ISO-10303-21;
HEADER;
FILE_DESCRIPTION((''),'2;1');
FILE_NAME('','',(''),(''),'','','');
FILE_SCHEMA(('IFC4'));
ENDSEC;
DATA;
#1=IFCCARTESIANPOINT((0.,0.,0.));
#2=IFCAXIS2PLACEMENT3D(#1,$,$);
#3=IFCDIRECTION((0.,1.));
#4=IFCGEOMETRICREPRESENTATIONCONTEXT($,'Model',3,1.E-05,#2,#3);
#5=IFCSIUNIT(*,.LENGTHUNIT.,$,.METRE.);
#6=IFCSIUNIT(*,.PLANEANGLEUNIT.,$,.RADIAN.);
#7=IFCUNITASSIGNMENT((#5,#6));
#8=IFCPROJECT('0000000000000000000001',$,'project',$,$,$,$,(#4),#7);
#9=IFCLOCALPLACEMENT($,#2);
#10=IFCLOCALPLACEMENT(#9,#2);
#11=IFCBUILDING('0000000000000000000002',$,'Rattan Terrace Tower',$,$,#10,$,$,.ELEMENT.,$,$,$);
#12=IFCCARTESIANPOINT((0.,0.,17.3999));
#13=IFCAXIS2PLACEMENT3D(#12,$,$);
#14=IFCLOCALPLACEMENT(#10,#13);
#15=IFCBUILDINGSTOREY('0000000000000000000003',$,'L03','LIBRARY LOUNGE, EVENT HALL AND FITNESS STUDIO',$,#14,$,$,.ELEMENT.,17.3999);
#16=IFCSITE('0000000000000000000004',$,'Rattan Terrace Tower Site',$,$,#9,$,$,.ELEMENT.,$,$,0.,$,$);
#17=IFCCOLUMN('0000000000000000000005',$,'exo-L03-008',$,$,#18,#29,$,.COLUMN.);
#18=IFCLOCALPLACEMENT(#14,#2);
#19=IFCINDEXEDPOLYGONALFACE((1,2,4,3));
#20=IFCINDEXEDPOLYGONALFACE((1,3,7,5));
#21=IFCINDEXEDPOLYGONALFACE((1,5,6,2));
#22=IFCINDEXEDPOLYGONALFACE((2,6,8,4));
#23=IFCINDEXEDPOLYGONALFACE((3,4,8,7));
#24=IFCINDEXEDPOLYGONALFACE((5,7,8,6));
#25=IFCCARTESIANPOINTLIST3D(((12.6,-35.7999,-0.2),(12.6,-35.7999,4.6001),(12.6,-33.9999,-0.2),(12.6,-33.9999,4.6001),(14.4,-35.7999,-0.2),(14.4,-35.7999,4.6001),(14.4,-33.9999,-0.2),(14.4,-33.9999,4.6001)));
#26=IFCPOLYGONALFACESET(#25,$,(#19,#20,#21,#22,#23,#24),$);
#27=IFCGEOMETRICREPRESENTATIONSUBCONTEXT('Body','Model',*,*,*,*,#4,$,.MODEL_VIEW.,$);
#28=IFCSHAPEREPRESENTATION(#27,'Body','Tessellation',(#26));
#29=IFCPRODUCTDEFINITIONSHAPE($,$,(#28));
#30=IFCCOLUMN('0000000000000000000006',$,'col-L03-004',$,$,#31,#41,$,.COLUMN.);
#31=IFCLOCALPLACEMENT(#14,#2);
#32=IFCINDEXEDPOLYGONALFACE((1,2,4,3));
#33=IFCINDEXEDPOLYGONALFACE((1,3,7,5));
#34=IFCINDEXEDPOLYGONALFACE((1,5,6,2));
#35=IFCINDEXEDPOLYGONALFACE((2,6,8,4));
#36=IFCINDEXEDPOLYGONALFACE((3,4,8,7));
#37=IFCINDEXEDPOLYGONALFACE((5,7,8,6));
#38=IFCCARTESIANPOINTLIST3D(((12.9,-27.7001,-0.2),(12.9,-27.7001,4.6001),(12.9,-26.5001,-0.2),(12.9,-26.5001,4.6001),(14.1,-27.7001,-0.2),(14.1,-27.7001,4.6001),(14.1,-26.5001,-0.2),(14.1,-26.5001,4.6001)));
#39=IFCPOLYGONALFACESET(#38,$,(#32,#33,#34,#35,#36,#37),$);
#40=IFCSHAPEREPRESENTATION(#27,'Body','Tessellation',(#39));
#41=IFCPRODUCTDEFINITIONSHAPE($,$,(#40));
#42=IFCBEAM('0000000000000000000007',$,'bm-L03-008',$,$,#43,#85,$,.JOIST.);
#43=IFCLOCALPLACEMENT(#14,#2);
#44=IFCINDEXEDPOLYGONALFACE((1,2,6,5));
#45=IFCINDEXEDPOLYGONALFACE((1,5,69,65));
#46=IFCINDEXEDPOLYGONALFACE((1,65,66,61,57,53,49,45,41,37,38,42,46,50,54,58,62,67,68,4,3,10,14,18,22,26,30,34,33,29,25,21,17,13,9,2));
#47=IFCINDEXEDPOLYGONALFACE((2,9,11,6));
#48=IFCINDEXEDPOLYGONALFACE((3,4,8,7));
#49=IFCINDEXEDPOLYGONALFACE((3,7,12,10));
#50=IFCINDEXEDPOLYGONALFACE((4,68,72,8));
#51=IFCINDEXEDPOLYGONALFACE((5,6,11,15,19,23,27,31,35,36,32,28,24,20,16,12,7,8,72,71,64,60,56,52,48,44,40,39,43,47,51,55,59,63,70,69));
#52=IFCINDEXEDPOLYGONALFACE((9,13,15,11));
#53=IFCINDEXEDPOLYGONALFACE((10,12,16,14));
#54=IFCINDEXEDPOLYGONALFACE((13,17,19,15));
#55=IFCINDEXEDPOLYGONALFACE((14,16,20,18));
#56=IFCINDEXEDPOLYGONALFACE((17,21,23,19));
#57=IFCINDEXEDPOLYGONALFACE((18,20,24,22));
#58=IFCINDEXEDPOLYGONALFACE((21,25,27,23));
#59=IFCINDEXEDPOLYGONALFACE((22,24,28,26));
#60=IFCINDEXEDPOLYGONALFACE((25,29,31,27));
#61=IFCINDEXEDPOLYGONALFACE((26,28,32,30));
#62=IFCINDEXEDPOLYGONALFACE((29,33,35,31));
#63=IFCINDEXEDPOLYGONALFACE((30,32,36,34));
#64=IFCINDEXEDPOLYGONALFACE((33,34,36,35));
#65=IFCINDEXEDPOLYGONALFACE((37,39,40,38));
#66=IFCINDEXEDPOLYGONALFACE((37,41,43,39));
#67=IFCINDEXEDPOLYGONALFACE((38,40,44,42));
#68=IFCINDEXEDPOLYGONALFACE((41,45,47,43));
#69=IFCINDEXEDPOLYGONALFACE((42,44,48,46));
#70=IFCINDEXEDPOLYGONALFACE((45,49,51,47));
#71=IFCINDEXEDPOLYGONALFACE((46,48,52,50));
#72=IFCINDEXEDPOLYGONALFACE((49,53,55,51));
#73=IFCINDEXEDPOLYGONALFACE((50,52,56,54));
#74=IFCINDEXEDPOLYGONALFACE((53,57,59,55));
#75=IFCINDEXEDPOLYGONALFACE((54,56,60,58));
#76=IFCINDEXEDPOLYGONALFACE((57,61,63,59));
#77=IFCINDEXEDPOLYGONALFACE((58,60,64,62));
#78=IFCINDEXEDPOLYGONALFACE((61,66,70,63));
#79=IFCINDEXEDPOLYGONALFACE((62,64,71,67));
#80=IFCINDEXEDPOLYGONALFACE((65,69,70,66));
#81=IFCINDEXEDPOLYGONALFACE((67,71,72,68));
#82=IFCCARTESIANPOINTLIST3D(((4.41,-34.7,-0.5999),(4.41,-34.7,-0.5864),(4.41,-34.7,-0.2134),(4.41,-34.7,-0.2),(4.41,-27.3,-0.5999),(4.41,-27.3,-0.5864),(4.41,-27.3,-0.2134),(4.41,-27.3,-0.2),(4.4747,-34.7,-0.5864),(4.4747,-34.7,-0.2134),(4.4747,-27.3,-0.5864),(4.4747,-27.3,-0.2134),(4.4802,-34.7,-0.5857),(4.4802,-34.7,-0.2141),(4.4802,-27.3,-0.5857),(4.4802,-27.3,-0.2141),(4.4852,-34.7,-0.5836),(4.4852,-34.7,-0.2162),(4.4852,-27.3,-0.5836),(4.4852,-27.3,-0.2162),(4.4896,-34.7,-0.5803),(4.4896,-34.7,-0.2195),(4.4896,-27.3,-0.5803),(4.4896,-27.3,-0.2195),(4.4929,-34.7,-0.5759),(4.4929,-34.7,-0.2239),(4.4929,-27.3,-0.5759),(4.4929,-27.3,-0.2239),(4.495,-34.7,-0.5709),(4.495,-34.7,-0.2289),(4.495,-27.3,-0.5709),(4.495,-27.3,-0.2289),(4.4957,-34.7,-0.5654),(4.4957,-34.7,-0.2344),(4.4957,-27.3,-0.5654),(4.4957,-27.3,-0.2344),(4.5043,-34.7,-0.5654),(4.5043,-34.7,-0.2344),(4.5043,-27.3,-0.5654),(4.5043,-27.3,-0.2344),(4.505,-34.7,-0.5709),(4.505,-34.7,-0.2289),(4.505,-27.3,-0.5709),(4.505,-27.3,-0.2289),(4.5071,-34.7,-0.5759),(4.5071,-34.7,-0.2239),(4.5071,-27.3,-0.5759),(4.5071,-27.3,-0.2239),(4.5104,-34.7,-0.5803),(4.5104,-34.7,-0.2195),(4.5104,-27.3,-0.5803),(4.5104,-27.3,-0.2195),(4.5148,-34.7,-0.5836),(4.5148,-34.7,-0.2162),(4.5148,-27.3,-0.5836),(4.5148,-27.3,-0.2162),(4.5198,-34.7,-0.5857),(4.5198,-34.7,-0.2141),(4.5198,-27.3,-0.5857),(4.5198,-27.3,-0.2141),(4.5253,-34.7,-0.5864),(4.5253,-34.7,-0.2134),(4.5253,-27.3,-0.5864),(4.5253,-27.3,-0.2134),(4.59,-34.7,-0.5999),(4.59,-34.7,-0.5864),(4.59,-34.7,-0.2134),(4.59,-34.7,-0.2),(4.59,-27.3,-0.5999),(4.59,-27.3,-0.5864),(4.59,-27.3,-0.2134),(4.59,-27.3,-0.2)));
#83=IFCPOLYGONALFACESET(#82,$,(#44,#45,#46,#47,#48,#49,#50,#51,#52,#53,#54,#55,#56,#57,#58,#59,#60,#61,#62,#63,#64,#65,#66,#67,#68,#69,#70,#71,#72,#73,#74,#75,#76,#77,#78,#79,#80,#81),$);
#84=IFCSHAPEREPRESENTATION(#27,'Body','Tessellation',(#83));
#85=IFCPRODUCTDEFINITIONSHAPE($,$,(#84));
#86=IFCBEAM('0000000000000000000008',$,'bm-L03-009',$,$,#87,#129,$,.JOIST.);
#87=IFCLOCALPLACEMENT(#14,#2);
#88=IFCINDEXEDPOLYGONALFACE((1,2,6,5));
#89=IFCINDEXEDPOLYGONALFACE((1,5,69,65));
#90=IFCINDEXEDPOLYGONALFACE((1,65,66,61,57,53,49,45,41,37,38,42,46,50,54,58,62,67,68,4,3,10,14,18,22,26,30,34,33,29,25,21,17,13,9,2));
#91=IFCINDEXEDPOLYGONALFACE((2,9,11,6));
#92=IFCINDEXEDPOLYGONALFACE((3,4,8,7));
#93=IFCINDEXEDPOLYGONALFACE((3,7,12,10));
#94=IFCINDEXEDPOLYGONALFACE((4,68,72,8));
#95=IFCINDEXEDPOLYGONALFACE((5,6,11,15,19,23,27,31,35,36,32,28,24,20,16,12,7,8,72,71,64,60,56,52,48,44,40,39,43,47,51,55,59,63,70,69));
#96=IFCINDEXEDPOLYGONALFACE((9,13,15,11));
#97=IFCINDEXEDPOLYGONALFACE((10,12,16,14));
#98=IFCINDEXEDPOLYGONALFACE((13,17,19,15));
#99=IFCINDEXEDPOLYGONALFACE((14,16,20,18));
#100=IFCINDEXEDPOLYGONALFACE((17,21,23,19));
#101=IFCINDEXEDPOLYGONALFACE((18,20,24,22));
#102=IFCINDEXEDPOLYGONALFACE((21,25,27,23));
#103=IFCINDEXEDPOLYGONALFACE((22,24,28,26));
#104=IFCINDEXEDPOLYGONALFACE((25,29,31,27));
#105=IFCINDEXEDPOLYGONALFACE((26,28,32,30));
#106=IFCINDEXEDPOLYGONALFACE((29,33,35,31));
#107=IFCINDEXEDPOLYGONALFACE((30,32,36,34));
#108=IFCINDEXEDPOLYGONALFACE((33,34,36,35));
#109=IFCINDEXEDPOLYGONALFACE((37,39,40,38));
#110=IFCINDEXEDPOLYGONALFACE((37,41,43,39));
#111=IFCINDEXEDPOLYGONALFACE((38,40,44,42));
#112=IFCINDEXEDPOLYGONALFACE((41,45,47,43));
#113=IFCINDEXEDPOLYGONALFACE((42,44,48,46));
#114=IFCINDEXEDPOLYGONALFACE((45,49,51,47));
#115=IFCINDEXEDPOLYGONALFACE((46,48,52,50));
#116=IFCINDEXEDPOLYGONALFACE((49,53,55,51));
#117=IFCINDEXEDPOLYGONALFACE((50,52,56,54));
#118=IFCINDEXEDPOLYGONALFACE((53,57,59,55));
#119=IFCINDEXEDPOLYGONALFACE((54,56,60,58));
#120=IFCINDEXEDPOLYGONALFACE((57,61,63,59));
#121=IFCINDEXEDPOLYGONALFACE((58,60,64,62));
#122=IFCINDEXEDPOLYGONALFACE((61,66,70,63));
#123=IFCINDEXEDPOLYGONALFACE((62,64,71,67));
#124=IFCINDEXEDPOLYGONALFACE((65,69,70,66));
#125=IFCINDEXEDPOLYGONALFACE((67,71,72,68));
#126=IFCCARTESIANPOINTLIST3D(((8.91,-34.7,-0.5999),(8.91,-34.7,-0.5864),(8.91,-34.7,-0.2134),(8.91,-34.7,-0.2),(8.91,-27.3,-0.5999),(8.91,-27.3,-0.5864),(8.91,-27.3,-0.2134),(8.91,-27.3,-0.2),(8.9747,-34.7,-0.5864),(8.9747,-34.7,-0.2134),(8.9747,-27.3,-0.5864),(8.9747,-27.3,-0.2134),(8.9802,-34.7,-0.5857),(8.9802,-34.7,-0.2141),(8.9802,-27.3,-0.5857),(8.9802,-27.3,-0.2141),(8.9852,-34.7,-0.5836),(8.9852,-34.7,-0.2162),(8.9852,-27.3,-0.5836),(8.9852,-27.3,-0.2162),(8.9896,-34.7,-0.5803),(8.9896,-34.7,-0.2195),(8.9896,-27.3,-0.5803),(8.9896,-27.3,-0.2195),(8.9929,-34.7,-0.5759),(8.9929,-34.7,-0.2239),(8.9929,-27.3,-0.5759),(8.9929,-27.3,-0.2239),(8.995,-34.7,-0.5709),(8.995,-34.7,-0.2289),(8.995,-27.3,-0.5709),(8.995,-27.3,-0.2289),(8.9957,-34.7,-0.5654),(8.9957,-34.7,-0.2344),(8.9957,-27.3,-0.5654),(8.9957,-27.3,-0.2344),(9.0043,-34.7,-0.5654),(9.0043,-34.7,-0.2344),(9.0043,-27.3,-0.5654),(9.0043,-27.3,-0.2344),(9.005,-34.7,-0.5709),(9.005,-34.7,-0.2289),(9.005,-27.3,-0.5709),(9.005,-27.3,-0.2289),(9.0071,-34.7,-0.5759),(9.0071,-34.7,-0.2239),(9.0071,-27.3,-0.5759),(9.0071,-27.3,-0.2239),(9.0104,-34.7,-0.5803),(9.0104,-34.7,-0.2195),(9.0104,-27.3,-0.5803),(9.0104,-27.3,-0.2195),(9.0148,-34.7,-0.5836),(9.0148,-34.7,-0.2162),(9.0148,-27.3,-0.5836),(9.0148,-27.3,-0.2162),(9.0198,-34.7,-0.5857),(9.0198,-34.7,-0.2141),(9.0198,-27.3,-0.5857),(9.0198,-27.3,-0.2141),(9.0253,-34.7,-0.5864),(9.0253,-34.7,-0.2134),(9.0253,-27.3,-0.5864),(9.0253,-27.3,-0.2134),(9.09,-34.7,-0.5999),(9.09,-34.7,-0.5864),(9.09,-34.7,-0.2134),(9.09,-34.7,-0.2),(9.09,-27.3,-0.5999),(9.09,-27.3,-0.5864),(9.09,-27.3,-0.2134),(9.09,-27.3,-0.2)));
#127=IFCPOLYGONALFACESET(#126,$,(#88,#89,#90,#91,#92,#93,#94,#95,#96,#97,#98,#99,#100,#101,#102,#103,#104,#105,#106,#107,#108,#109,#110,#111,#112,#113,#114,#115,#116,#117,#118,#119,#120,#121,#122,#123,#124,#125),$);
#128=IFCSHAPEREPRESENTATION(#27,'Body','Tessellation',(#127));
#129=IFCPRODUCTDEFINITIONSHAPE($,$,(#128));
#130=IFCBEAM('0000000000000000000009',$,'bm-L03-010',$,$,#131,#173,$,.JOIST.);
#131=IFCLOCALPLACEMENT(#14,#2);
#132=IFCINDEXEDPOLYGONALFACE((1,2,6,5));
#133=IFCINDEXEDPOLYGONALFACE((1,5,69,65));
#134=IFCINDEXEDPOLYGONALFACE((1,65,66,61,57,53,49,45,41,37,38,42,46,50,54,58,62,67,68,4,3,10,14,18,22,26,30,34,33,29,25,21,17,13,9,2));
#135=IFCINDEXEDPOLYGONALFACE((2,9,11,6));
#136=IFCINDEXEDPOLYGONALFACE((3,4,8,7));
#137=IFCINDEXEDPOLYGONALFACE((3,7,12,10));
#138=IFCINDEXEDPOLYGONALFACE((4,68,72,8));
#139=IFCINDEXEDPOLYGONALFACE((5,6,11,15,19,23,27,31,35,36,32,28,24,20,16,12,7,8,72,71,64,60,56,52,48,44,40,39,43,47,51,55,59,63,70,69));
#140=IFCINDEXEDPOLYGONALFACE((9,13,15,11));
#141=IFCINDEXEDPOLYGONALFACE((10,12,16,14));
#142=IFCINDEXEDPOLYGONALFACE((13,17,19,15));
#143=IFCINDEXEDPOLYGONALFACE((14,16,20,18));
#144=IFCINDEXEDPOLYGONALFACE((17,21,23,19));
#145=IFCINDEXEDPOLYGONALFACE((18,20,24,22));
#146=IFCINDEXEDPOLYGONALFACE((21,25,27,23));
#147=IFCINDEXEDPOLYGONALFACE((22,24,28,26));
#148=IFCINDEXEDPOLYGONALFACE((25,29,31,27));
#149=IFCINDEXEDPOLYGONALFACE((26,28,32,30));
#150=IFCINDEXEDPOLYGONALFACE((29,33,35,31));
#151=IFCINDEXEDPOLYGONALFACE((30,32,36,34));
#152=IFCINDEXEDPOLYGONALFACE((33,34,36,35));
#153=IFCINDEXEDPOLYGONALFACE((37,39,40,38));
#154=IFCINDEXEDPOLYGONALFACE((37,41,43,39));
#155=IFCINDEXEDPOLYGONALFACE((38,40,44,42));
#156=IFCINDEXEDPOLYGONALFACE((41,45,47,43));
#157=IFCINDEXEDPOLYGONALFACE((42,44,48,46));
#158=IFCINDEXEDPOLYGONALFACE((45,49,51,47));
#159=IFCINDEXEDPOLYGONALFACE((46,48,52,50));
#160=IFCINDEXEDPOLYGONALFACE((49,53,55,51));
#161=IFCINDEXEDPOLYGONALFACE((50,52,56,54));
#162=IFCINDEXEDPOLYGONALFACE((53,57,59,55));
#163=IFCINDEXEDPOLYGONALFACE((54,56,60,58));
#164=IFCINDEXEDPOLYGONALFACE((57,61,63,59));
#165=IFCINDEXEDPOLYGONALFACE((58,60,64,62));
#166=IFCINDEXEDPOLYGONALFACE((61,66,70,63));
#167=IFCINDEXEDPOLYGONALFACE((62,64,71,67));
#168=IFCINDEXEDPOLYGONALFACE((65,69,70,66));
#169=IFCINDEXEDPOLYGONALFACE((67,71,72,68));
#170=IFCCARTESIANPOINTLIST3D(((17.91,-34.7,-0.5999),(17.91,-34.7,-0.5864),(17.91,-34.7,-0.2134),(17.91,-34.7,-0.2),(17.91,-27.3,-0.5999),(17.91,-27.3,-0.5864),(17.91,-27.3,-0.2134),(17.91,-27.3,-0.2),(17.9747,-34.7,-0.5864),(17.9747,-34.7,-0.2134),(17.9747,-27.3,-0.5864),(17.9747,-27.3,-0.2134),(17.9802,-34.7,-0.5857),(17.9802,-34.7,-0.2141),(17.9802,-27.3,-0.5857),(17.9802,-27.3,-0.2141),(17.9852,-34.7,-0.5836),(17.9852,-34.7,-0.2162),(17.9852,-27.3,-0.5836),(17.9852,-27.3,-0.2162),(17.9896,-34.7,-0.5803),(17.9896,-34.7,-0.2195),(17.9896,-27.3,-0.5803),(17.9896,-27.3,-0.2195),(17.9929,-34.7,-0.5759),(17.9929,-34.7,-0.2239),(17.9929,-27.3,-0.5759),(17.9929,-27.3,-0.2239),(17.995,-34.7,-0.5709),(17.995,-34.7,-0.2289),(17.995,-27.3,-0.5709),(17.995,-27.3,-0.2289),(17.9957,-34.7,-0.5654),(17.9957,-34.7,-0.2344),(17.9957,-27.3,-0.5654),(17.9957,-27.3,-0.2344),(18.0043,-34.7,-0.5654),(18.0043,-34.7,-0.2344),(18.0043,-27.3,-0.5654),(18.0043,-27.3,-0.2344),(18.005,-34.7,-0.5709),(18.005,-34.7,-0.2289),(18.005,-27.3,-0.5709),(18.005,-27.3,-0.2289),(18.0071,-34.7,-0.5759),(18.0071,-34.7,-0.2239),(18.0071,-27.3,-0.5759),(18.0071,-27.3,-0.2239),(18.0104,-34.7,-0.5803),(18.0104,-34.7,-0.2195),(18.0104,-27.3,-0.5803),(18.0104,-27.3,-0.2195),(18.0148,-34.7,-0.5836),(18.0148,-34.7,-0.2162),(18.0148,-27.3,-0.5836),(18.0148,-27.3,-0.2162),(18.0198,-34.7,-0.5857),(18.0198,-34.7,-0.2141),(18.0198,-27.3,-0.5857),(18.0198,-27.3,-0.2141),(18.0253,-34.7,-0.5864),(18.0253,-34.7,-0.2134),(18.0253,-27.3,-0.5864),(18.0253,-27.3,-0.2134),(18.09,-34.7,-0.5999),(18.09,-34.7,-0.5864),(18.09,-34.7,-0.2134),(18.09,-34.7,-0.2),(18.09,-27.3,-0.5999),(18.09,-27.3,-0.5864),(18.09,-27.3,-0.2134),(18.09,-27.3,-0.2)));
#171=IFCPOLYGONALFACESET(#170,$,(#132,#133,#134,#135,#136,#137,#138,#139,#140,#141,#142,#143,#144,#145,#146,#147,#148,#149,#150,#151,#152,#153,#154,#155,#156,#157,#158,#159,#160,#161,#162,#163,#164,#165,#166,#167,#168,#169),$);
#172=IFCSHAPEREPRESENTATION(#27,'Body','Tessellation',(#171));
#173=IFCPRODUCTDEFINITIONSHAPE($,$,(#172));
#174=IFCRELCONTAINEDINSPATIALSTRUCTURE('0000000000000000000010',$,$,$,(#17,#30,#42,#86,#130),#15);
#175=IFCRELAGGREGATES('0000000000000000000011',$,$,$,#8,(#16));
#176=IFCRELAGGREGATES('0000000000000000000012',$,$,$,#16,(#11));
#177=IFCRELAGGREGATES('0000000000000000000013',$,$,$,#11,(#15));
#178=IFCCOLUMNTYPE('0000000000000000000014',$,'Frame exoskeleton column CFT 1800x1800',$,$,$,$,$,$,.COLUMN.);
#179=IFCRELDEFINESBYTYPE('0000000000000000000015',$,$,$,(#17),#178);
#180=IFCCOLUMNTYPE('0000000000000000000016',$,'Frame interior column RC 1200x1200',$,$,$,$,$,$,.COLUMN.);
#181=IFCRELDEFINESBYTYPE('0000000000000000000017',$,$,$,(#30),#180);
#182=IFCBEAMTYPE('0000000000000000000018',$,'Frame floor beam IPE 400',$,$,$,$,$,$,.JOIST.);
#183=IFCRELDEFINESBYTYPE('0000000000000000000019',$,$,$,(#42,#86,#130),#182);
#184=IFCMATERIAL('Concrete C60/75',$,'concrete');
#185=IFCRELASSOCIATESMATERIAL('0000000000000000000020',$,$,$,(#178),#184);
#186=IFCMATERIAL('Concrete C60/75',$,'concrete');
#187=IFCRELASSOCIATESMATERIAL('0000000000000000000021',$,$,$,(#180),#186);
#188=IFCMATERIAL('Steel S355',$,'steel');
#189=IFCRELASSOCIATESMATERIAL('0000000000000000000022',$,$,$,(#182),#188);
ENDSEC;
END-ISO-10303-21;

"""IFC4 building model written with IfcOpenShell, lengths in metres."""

from ifc_helpers import new_model, si_unit, direction, frame, origin, origin_2d, place, context, subcontext, project, spatial, rectangle, i_section, extrude, material, material_profile, profile_set, type_object, element, save


model = new_model("IFC4")

# Units and contexts
model_context = context("Model", 3, precision=1e-05, world=origin(), true_north=direction((0.0, 1.0)))
body_context = subcontext(model_context, "Body", "Model", "MODEL_VIEW")
ifc_project = project(units=[si_unit("LENGTHUNIT", "METRE"), si_unit("PLANEANGLEUNIT", "RADIAN")], contexts=[model_context])

# Site, building, storey
site_placement = place(None, origin())
site = spatial("IfcSite", under=ifc_project, at=site_placement, Name="Rattan Terrace Tower Site", CompositionType="ELEMENT", RefElevation=0.0)
building_placement = place(site_placement, origin())
building = spatial("IfcBuilding", under=site, at=building_placement, Name="Rattan Terrace Tower", CompositionType="ELEMENT")
storey_placement = place(building_placement, frame((0.0, 0.0, 17.3999)))
storey = spatial("IfcBuildingStorey", under=building, at=storey_placement, Name="L03", Description="LIBRARY LOUNGE, EVENT HALL AND FITNESS STUDIO", CompositionType="ELEMENT", Elevation=17.3999)

# Columns
ifc_material_1 = material(Name="Concrete C60/75", Category="concrete")
ifc_material_profile_1 = material_profile(ifc_material_1, rectangle(XDim=1.8, YDim=1.8, at=origin_2d()), Name="CFT 1800x1800")
ifc_profile_set_1 = profile_set([ifc_material_profile_1], Name="Concrete C60/75")
column_type_1 = type_object("IfcColumnType", Name="Frame exoskeleton column CFT 1800x1800", PredefinedType="COLUMN", material=ifc_profile_set_1)
column_1_placement = place(storey_placement, frame((13.5, -34.8999, -0.2), z_axis=(0.0, 0.0, 1.0), x_axis=(1.0, 0.0, 0.0)))
element("IfcColumn", 1, at=column_1_placement, inside=storey, type_object=column_type_1, Name="exo-L03-008", PredefinedType="COLUMN", context=body_context, shape_type="SweptSolid", body=[
    extrude(rectangle(XDim=1.8, YDim=1.8, at=origin_2d()), origin(), (0.0, 0.0, 1.0), 4.8),
])
ifc_material_2 = material(Name="Concrete C60/75", Category="concrete")
ifc_material_profile_2 = material_profile(ifc_material_2, rectangle(XDim=1.2, YDim=1.2, at=origin_2d()), Name="RC 1200x1200")
ifc_profile_set_2 = profile_set([ifc_material_profile_2], Name="Concrete C60/75")
column_type_2 = type_object("IfcColumnType", Name="Frame interior column RC 1200x1200", PredefinedType="COLUMN", material=ifc_profile_set_2)
column_2_placement = place(storey_placement, frame((13.5, -27.1001, -0.2), z_axis=(0.0, 0.0, 1.0), x_axis=(1.0, 0.0, 0.0)))
element("IfcColumn", 2, at=column_2_placement, inside=storey, type_object=column_type_2, Name="col-L03-004", PredefinedType="COLUMN", context=body_context, shape_type="SweptSolid", body=[
    extrude(rectangle(XDim=1.2, YDim=1.2, at=origin_2d()), origin(), (0.0, 0.0, 1.0), 4.8),
])

# Beams
ifc_material_3 = material(Name="Steel S355", Category="steel")
ifc_material_profile_3 = material_profile(ifc_material_3, i_section(OverallWidth=0.1799, OverallDepth=0.3999, WebThickness=0.0085, FlangeThickness=0.0134, FilletRadius=0.021, at=origin_2d()), Name="IPE 400")
ifc_profile_set_3 = profile_set([ifc_material_profile_3], Name="Steel S355")
beam_type_1 = type_object("IfcBeamType", Name="Frame floor beam IPE 400", PredefinedType="JOIST", material=ifc_profile_set_3)
for number, where, z_axis, x_axis, name in (
    (3, (4.5, -34.7, -0.3999), (0.0, 1.0, 0.0), (-1.0, 0.0, 0.0), "bm-L03-008"),
    (4, (9.0, -34.7, -0.3999), (0.0, 1.0, 0.0), (-1.0, 0.0, 0.0), "bm-L03-009"),
    (5, (18.0, -34.7, -0.3999), (0.0, 1.0, 0.0), (-1.0, 0.0, 0.0), "bm-L03-010"),
):
    element("IfcBeam", number, at=place(storey_placement, frame(where, z_axis=z_axis, x_axis=x_axis)), inside=storey, type_object=beam_type_1, Name=name, PredefinedType="JOIST", context=body_context, shape_type="SweptSolid", body=[
        extrude(i_section(OverallWidth=0.1799, OverallDepth=0.3999, WebThickness=0.0085, FlangeThickness=0.0134, FilletRadius=0.021, at=origin_2d()), origin(), (0.0, 0.0, 1.0), 7.3999),
    ])

save(model, "model.ifc")
